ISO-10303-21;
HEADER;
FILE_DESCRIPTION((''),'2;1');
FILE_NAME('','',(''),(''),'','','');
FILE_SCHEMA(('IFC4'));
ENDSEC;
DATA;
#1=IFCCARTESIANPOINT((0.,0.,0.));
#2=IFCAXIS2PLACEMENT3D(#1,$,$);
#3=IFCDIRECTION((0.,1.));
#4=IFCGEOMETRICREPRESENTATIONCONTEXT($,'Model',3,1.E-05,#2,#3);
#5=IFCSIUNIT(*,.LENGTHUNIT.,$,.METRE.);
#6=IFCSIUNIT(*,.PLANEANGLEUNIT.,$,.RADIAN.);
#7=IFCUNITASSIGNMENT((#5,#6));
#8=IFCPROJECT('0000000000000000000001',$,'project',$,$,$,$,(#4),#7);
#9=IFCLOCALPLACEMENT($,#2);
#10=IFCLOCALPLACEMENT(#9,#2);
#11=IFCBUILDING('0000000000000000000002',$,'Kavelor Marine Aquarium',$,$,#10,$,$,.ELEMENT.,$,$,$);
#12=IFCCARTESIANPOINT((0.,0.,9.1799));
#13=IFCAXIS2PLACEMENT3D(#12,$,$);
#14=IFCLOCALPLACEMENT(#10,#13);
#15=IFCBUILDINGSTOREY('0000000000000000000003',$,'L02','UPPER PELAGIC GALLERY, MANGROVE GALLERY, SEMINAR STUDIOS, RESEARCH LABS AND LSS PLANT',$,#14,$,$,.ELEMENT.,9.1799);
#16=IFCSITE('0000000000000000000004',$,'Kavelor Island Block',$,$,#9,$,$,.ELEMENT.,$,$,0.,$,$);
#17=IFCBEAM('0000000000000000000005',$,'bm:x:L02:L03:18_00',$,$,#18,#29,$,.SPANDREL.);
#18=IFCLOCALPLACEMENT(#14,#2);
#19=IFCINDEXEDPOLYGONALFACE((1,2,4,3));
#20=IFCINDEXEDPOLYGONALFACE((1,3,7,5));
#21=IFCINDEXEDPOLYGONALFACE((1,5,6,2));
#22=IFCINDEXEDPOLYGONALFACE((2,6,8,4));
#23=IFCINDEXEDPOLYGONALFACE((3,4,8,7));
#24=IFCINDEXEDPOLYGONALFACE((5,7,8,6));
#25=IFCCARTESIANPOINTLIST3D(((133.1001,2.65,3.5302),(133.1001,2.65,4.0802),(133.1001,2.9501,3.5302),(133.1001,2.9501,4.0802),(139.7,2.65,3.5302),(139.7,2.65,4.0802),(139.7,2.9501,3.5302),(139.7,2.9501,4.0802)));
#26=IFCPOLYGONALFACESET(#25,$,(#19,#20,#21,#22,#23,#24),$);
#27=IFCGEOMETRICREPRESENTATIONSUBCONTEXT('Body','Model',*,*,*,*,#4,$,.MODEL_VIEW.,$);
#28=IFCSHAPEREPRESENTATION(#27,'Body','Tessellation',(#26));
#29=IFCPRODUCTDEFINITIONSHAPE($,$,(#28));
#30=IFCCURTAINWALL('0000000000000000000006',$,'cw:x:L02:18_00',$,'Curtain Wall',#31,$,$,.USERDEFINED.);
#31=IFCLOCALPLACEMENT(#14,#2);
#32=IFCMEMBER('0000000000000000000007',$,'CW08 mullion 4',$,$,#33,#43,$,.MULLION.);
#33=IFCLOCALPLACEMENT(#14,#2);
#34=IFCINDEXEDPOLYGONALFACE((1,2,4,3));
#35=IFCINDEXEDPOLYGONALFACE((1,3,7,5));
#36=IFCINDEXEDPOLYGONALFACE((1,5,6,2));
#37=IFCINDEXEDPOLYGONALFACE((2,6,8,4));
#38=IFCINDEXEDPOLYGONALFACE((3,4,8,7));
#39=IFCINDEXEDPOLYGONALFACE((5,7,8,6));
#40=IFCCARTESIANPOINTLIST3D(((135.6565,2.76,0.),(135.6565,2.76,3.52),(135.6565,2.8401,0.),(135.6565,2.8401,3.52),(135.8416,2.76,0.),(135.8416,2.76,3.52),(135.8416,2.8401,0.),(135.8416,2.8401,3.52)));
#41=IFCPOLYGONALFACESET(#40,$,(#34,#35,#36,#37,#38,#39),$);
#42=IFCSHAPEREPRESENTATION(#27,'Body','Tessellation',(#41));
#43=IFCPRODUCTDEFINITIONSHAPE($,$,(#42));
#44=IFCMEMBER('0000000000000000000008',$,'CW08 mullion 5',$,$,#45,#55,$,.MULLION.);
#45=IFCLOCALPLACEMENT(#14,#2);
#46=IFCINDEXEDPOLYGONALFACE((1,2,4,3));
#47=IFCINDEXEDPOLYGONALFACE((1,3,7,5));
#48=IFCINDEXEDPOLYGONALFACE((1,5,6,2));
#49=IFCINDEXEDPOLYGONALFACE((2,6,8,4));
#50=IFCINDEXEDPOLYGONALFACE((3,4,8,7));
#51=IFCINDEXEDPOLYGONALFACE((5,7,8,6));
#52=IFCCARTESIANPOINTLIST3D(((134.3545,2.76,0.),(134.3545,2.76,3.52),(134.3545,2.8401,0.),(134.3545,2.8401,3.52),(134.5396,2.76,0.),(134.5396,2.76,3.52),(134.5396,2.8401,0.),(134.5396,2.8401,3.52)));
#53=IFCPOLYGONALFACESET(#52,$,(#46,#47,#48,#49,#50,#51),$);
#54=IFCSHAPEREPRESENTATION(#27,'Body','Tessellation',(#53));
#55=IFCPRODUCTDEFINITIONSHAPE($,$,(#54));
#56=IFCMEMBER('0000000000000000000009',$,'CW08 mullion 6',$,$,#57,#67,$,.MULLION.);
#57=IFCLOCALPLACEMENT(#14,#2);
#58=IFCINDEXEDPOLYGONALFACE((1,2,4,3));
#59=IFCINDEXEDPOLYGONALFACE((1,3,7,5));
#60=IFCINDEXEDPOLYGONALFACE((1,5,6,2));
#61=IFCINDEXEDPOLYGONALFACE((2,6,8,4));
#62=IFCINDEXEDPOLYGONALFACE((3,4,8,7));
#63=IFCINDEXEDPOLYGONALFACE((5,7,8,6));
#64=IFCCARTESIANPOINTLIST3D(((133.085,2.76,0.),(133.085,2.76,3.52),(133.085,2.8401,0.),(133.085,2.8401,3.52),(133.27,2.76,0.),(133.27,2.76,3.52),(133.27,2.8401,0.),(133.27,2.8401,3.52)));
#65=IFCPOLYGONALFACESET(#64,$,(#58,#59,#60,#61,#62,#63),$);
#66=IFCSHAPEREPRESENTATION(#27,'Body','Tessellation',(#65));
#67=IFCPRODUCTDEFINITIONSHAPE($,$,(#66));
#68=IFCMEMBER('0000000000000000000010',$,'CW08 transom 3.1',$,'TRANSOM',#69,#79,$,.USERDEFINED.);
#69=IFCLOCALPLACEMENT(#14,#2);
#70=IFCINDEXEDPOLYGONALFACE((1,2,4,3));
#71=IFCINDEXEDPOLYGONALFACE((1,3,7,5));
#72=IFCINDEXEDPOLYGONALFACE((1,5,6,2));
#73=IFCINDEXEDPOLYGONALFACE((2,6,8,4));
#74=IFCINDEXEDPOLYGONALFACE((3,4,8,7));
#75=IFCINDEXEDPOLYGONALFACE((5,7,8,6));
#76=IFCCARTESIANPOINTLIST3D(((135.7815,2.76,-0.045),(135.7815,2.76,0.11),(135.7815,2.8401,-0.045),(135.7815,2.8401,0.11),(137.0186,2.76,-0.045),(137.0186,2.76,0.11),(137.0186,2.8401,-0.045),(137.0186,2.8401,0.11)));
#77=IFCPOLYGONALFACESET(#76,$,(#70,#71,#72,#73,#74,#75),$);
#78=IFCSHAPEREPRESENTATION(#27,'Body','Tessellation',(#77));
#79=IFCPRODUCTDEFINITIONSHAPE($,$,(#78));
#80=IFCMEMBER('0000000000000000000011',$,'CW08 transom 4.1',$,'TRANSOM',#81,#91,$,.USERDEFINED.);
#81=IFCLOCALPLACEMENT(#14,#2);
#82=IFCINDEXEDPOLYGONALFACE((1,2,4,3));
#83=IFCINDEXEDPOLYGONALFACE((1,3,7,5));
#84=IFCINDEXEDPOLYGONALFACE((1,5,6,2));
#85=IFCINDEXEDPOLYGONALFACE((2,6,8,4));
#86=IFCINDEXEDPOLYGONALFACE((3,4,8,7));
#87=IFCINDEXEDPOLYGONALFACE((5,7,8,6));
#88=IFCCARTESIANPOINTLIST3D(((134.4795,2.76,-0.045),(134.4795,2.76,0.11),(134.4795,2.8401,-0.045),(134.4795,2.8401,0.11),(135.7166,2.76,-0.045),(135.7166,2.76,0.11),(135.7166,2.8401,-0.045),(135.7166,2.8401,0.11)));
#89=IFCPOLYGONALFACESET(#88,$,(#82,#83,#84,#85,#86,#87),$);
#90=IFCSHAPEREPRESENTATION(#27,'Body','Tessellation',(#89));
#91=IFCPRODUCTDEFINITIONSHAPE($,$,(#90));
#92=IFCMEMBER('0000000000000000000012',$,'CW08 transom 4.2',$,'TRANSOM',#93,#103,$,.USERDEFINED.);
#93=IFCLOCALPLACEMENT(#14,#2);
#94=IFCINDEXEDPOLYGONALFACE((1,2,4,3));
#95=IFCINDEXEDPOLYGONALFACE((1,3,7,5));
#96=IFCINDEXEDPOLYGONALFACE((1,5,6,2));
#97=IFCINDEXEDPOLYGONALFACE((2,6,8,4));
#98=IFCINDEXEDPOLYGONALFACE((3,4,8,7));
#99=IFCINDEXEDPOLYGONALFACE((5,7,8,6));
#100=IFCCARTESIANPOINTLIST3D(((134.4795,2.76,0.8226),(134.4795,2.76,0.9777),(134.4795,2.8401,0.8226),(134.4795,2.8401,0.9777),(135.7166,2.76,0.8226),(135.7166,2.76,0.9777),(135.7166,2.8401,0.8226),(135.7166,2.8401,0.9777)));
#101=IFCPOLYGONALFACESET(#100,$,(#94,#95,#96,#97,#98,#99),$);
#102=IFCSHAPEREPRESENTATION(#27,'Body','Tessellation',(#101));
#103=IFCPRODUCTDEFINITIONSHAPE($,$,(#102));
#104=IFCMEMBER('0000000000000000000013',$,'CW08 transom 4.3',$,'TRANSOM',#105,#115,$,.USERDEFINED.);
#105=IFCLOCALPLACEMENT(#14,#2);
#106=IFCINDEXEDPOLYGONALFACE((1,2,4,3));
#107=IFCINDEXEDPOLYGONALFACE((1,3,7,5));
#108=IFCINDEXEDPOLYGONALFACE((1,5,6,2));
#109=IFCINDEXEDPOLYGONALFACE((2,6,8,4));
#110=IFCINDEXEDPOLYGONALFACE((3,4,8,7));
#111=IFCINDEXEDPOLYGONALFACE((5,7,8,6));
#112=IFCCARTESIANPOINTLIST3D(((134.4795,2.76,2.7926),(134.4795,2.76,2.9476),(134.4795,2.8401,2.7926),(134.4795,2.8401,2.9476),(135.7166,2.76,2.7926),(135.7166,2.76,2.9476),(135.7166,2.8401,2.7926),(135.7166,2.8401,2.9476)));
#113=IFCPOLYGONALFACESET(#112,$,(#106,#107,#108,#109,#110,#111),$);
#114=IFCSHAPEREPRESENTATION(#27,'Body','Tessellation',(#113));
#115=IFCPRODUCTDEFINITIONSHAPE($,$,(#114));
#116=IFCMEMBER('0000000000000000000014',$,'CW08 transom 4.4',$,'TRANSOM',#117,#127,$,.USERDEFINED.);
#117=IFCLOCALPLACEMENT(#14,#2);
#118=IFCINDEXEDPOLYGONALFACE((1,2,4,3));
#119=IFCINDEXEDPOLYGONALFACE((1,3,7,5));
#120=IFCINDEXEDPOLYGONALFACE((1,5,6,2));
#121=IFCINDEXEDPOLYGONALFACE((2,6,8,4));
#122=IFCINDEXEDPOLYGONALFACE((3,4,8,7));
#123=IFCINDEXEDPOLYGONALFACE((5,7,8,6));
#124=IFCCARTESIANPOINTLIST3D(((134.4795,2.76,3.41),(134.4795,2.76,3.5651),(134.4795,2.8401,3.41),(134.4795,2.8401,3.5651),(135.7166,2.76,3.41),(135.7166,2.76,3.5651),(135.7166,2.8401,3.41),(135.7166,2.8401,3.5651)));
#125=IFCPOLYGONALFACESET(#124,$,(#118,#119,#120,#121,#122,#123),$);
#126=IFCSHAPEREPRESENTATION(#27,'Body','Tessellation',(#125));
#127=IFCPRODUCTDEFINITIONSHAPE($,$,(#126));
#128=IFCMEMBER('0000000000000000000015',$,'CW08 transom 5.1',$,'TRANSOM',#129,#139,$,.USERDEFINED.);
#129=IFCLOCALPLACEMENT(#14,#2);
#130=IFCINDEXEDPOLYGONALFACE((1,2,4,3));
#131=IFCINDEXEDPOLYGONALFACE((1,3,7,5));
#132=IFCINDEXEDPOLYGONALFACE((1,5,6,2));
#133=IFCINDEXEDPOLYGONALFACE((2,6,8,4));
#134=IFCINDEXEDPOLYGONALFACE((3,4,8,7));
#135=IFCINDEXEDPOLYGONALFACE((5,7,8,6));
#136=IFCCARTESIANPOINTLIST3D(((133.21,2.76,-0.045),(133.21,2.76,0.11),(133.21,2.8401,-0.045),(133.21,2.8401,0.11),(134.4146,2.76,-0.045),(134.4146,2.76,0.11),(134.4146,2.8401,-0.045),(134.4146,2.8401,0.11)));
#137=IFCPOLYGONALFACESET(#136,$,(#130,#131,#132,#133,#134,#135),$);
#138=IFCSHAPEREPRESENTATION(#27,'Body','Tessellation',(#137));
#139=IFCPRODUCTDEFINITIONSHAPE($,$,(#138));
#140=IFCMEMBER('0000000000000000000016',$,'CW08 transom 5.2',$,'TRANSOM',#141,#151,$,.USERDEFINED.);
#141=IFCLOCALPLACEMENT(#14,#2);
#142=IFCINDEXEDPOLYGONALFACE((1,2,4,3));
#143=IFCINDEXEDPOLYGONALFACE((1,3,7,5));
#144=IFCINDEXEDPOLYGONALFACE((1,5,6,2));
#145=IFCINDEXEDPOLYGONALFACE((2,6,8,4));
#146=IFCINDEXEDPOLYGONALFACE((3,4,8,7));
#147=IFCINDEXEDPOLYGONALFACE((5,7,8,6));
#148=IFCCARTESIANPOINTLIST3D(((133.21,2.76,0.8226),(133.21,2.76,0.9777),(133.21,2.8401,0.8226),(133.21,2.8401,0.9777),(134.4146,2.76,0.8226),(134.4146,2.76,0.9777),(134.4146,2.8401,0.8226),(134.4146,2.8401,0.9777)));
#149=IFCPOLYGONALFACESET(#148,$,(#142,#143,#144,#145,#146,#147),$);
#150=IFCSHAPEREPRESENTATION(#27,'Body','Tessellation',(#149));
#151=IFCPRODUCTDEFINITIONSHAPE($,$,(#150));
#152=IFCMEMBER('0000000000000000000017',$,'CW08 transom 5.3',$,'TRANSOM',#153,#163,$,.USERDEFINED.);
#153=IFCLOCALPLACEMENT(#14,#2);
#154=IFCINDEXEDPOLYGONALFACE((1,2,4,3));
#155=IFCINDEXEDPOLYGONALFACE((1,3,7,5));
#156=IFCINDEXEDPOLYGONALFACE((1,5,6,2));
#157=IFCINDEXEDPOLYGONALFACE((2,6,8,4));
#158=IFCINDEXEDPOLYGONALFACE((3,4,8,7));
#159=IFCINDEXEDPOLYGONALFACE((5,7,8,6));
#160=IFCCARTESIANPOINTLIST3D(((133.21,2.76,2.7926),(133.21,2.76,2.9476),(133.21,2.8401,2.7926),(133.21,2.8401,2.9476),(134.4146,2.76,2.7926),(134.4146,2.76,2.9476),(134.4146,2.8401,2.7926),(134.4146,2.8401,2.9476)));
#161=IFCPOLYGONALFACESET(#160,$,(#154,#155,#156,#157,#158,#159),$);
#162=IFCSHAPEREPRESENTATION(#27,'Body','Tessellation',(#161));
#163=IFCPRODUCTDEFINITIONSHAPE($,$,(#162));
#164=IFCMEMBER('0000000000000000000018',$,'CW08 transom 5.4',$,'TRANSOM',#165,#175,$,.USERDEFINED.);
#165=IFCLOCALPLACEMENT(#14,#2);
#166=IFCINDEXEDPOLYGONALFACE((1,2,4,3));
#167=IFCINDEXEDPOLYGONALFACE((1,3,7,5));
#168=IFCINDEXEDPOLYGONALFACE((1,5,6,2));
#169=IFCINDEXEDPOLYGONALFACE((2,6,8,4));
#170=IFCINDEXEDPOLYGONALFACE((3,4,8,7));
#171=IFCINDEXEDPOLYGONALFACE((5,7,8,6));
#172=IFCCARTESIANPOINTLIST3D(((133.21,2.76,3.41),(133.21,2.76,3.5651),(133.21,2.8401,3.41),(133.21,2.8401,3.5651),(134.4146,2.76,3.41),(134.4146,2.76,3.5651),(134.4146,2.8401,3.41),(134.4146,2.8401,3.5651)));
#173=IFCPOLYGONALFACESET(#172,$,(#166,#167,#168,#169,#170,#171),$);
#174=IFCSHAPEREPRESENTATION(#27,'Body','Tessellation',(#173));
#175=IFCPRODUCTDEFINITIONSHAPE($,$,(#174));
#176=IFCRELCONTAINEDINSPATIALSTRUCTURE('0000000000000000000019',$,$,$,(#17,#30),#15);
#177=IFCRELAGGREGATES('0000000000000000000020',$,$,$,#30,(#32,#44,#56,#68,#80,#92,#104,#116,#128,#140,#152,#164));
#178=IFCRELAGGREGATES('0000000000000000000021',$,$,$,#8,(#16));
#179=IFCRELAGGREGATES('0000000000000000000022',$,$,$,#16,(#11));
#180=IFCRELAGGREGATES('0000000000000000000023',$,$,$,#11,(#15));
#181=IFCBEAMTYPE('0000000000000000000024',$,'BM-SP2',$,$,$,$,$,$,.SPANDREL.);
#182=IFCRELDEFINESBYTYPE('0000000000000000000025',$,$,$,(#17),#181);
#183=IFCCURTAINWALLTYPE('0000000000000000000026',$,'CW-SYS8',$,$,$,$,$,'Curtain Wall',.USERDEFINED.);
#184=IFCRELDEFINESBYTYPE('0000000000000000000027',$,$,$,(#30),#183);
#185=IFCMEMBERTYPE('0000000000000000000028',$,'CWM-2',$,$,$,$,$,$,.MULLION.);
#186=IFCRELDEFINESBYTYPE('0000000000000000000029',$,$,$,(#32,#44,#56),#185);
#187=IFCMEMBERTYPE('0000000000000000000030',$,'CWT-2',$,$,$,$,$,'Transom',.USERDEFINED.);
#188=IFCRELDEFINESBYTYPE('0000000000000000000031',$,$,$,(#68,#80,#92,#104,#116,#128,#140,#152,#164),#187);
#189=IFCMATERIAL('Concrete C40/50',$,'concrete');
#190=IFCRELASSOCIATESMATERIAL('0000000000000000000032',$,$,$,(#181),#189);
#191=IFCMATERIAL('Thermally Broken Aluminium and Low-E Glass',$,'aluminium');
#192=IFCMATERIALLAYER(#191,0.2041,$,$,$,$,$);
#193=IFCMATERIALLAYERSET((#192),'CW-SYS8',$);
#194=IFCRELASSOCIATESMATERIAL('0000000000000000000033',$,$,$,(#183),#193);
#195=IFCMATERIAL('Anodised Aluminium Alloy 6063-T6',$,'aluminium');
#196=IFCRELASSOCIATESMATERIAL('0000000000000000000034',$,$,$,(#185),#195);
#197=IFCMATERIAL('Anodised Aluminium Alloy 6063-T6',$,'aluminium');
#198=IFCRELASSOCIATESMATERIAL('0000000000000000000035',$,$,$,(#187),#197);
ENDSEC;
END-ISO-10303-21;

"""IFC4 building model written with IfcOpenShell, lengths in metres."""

from ifc_helpers import new_model, si_unit, direction, frame, origin, origin_2d, place, context, subcontext, project, spatial, rectangle, extrude, material, layer, layer_set, material_profile, profile_set, type_object, element, aggregate, save


model = new_model("IFC4")

# Units and contexts
model_context = context("Model", 3, precision=1e-05, world=origin(), true_north=direction((0.0, 1.0)))
body_context = subcontext(model_context, "Body", "Model", "MODEL_VIEW")
ifc_project = project(units=[si_unit("LENGTHUNIT", "METRE"), si_unit("PLANEANGLEUNIT", "RADIAN")], contexts=[model_context])

# Site, building, storey
site_placement = place(None, origin())
site = spatial("IfcSite", under=ifc_project, at=site_placement, Name="Kavelor Island Block", CompositionType="ELEMENT", RefElevation=0.0)
building_placement = place(site_placement, origin())
building = spatial("IfcBuilding", under=site, at=building_placement, Name="Kavelor Marine Aquarium", CompositionType="ELEMENT")
storey_placement = place(building_placement, frame((0.0, 0.0, 9.1799)))
storey = spatial("IfcBuildingStorey", under=building, at=storey_placement, Name="L02", Description="UPPER PELAGIC GALLERY, MANGROVE GALLERY, SEMINAR STUDIOS, RESEARCH LABS AND LSS PLANT", CompositionType="ELEMENT", Elevation=9.1799)

# Beam
ifc_material_1 = material(Name="Concrete C40/50", Category="concrete")
ifc_material_profile_1 = material_profile(ifc_material_1, rectangle(XDim=0.3, YDim=0.55, at=origin_2d()), Name="RC-SP 300x550")
ifc_profile_set_1 = profile_set([ifc_material_profile_1], Name="Concrete C40/50")
beam_type = type_object("IfcBeamType", Name="BM-SP2", PredefinedType="SPANDREL", material=ifc_profile_set_1)
beam_placement = place(storey_placement, frame((133.1001, 2.8, 3.8052), z_axis=(1.0, 0.0, 0.0), x_axis=(0.0, 1.0, 0.0)))
element("IfcBeam", 1, at=beam_placement, inside=storey, type_object=beam_type, Name="bm:x:L02:L03:18_00", PredefinedType="SPANDREL", context=body_context, shape_type="SweptSolid", body=[
    extrude(rectangle(XDim=0.3, YDim=0.55, at=origin_2d()), origin(), (0.0, 0.0, 1.0), 6.5999),
])

# Curtain wall, members
ifc_material_2 = material(Name="Thermally Broken Aluminium and Low-E Glass", Category="aluminium")
ifc_layer_1 = layer(ifc_material_2, 0.2041)
ifc_layer_set_1 = layer_set([ifc_layer_1], Name="CW-SYS8")
curtain_wall_type = type_object("IfcCurtainWallType", Name="CW-SYS8", ElementType="Curtain Wall", PredefinedType="USERDEFINED", material=ifc_layer_set_1)
curtain_wall_placement = place(storey_placement, origin())
curtain_wall = element("IfcCurtainWall", 2, at=curtain_wall_placement, inside=storey, type_object=curtain_wall_type, Name="cw:x:L02:18_00", ObjectType="Curtain Wall", PredefinedType="USERDEFINED")
ifc_material_3 = material(Name="Anodised Aluminium Alloy 6063-T6", Category="aluminium")
ifc_material_profile_2 = material_profile(ifc_material_3, rectangle(XDim=0.0801, YDim=0.1851, at=origin_2d()), Name="CW-MUL 80x185")
ifc_profile_set_2 = profile_set([ifc_material_profile_2], Name="Anodised Aluminium Alloy 6063-T6")
member_type_1 = type_object("IfcMemberType", Name="CWM-2", PredefinedType="MULLION", material=ifc_profile_set_2)
member_1_placement = place(storey_placement, frame((135.749, 2.8, 0.0), z_axis=(0.0, 0.0, 1.0), x_axis=(0.0, -1.0, 0.0)))
member_1 = element("IfcMember", 3, at=member_1_placement, type_object=member_type_1, Name="CW08 mullion 4", PredefinedType="MULLION", context=body_context, shape_type="SweptSolid", body=[
    extrude(rectangle(XDim=0.0801, YDim=0.1851, at=origin_2d()), origin(), (0.0, 0.0, 1.0), 3.52),
])
member_2_placement = place(storey_placement, frame((134.447, 2.8, 0.0), z_axis=(0.0, 0.0, 1.0), x_axis=(0.0, -1.0, 0.0)))
member_2 = element("IfcMember", 4, at=member_2_placement, type_object=member_type_1, Name="CW08 mullion 5", PredefinedType="MULLION", context=body_context, shape_type="SweptSolid", body=[
    extrude(rectangle(XDim=0.0801, YDim=0.1851, at=origin_2d()), origin(), (0.0, 0.0, 1.0), 3.52),
])
member_3_placement = place(storey_placement, frame((133.1775, 2.8, 0.0), z_axis=(0.0, 0.0, 1.0), x_axis=(0.0, -1.0, 0.0)))
member_3 = element("IfcMember", 5, at=member_3_placement, type_object=member_type_1, Name="CW08 mullion 6", PredefinedType="MULLION", context=body_context, shape_type="SweptSolid", body=[
    extrude(rectangle(XDim=0.0801, YDim=0.1851, at=origin_2d()), origin(), (0.0, 0.0, 1.0), 3.52),
])
ifc_material_4 = material(Name="Anodised Aluminium Alloy 6063-T6", Category="aluminium")
ifc_material_profile_3 = material_profile(ifc_material_4, rectangle(XDim=0.0801, YDim=0.155, at=origin_2d()), Name="CW-TRN 80x155")
ifc_profile_set_3 = profile_set([ifc_material_profile_3], Name="Anodised Aluminium Alloy 6063-T6")
member_type_2 = type_object("IfcMemberType", Name="CWT-2", ElementType="Transom", PredefinedType="USERDEFINED", material=ifc_profile_set_3)
member_4_placement = place(storey_placement, frame((137.0186, 2.8, 0.0325), z_axis=(-1.0, 0.0, 0.0), x_axis=(0.0, -1.0, 0.0)))
member_4 = element("IfcMember", 6, at=member_4_placement, type_object=member_type_2, Name="CW08 transom 3.1", ObjectType="TRANSOM", PredefinedType="USERDEFINED", context=body_context, shape_type="SweptSolid", body=[
    extrude(rectangle(XDim=0.0801, YDim=0.155, at=origin_2d()), origin(), (0.0, 0.0, 1.0), 1.2371),
])
member_5_placement = place(storey_placement, frame((135.7166, 2.8, 0.0325), z_axis=(-1.0, 0.0, 0.0), x_axis=(0.0, -1.0, 0.0)))
member_5 = element("IfcMember", 7, at=member_5_placement, type_object=member_type_2, Name="CW08 transom 4.1", ObjectType="TRANSOM", PredefinedType="USERDEFINED", context=body_context, shape_type="SweptSolid", body=[
    extrude(rectangle(XDim=0.0801, YDim=0.155, at=origin_2d()), origin(), (0.0, 0.0, 1.0), 1.2371),
])
member_6_placement = place(storey_placement, frame((135.7166, 2.8, 0.9001), z_axis=(-1.0, 0.0, 0.0), x_axis=(0.0, -1.0, 0.0)))
member_6 = element("IfcMember", 8, at=member_6_placement, type_object=member_type_2, Name="CW08 transom 4.2", ObjectType="TRANSOM", PredefinedType="USERDEFINED", context=body_context, shape_type="SweptSolid", body=[
    extrude(rectangle(XDim=0.0801, YDim=0.155, at=origin_2d()), origin(), (0.0, 0.0, 1.0), 1.2371),
])
member_7_placement = place(storey_placement, frame((135.7166, 2.8, 2.8701), z_axis=(-1.0, 0.0, 0.0), x_axis=(0.0, -1.0, 0.0)))
member_7 = element("IfcMember", 9, at=member_7_placement, type_object=member_type_2, Name="CW08 transom 4.3", ObjectType="TRANSOM", PredefinedType="USERDEFINED", context=body_context, shape_type="SweptSolid", body=[
    extrude(rectangle(XDim=0.0801, YDim=0.155, at=origin_2d()), origin(), (0.0, 0.0, 1.0), 1.2371),
])
member_8_placement = place(storey_placement, frame((135.7166, 2.8, 3.4875), z_axis=(-1.0, 0.0, 0.0), x_axis=(0.0, -1.0, 0.0)))
member_8 = element("IfcMember", 10, at=member_8_placement, type_object=member_type_2, Name="CW08 transom 4.4", ObjectType="TRANSOM", PredefinedType="USERDEFINED", context=body_context, shape_type="SweptSolid", body=[
    extrude(rectangle(XDim=0.0801, YDim=0.155, at=origin_2d()), origin(), (0.0, 0.0, 1.0), 1.2371),
])
member_9_placement = place(storey_placement, frame((134.4146, 2.8, 0.0325), z_axis=(-1.0, 0.0, 0.0), x_axis=(0.0, -1.0, 0.0)))
member_9 = element("IfcMember", 11, at=member_9_placement, type_object=member_type_2, Name="CW08 transom 5.1", ObjectType="TRANSOM", PredefinedType="USERDEFINED", context=body_context, shape_type="SweptSolid", body=[
    extrude(rectangle(XDim=0.0801, YDim=0.155, at=origin_2d()), origin(), (0.0, 0.0, 1.0), 1.2046),
])
member_10_placement = place(storey_placement, frame((134.4146, 2.8, 0.9001), z_axis=(-1.0, 0.0, 0.0), x_axis=(0.0, -1.0, 0.0)))
member_10 = element("IfcMember", 12, at=member_10_placement, type_object=member_type_2, Name="CW08 transom 5.2", ObjectType="TRANSOM", PredefinedType="USERDEFINED", context=body_context, shape_type="SweptSolid", body=[
    extrude(rectangle(XDim=0.0801, YDim=0.155, at=origin_2d()), origin(), (0.0, 0.0, 1.0), 1.2046),
])
member_11_placement = place(storey_placement, frame((134.4146, 2.8, 2.8701), z_axis=(-1.0, 0.0, 0.0), x_axis=(0.0, -1.0, 0.0)))
member_11 = element("IfcMember", 13, at=member_11_placement, type_object=member_type_2, Name="CW08 transom 5.3", ObjectType="TRANSOM", PredefinedType="USERDEFINED", context=body_context, shape_type="SweptSolid", body=[
    extrude(rectangle(XDim=0.0801, YDim=0.155, at=origin_2d()), origin(), (0.0, 0.0, 1.0), 1.2046),
])
member_12_placement = place(storey_placement, frame((134.4146, 2.8, 3.4875), z_axis=(-1.0, 0.0, 0.0), x_axis=(0.0, -1.0, 0.0)))
member_12 = element("IfcMember", 14, at=member_12_placement, type_object=member_type_2, Name="CW08 transom 5.4", ObjectType="TRANSOM", PredefinedType="USERDEFINED", context=body_context, shape_type="SweptSolid", body=[
    extrude(rectangle(XDim=0.0801, YDim=0.155, at=origin_2d()), origin(), (0.0, 0.0, 1.0), 1.2046),
])

aggregate(curtain_wall, [member_1, member_2, member_3, member_4, member_5, member_6, member_7, member_8, member_9, member_10, member_11, member_12])

save(model, "model.ifc")
